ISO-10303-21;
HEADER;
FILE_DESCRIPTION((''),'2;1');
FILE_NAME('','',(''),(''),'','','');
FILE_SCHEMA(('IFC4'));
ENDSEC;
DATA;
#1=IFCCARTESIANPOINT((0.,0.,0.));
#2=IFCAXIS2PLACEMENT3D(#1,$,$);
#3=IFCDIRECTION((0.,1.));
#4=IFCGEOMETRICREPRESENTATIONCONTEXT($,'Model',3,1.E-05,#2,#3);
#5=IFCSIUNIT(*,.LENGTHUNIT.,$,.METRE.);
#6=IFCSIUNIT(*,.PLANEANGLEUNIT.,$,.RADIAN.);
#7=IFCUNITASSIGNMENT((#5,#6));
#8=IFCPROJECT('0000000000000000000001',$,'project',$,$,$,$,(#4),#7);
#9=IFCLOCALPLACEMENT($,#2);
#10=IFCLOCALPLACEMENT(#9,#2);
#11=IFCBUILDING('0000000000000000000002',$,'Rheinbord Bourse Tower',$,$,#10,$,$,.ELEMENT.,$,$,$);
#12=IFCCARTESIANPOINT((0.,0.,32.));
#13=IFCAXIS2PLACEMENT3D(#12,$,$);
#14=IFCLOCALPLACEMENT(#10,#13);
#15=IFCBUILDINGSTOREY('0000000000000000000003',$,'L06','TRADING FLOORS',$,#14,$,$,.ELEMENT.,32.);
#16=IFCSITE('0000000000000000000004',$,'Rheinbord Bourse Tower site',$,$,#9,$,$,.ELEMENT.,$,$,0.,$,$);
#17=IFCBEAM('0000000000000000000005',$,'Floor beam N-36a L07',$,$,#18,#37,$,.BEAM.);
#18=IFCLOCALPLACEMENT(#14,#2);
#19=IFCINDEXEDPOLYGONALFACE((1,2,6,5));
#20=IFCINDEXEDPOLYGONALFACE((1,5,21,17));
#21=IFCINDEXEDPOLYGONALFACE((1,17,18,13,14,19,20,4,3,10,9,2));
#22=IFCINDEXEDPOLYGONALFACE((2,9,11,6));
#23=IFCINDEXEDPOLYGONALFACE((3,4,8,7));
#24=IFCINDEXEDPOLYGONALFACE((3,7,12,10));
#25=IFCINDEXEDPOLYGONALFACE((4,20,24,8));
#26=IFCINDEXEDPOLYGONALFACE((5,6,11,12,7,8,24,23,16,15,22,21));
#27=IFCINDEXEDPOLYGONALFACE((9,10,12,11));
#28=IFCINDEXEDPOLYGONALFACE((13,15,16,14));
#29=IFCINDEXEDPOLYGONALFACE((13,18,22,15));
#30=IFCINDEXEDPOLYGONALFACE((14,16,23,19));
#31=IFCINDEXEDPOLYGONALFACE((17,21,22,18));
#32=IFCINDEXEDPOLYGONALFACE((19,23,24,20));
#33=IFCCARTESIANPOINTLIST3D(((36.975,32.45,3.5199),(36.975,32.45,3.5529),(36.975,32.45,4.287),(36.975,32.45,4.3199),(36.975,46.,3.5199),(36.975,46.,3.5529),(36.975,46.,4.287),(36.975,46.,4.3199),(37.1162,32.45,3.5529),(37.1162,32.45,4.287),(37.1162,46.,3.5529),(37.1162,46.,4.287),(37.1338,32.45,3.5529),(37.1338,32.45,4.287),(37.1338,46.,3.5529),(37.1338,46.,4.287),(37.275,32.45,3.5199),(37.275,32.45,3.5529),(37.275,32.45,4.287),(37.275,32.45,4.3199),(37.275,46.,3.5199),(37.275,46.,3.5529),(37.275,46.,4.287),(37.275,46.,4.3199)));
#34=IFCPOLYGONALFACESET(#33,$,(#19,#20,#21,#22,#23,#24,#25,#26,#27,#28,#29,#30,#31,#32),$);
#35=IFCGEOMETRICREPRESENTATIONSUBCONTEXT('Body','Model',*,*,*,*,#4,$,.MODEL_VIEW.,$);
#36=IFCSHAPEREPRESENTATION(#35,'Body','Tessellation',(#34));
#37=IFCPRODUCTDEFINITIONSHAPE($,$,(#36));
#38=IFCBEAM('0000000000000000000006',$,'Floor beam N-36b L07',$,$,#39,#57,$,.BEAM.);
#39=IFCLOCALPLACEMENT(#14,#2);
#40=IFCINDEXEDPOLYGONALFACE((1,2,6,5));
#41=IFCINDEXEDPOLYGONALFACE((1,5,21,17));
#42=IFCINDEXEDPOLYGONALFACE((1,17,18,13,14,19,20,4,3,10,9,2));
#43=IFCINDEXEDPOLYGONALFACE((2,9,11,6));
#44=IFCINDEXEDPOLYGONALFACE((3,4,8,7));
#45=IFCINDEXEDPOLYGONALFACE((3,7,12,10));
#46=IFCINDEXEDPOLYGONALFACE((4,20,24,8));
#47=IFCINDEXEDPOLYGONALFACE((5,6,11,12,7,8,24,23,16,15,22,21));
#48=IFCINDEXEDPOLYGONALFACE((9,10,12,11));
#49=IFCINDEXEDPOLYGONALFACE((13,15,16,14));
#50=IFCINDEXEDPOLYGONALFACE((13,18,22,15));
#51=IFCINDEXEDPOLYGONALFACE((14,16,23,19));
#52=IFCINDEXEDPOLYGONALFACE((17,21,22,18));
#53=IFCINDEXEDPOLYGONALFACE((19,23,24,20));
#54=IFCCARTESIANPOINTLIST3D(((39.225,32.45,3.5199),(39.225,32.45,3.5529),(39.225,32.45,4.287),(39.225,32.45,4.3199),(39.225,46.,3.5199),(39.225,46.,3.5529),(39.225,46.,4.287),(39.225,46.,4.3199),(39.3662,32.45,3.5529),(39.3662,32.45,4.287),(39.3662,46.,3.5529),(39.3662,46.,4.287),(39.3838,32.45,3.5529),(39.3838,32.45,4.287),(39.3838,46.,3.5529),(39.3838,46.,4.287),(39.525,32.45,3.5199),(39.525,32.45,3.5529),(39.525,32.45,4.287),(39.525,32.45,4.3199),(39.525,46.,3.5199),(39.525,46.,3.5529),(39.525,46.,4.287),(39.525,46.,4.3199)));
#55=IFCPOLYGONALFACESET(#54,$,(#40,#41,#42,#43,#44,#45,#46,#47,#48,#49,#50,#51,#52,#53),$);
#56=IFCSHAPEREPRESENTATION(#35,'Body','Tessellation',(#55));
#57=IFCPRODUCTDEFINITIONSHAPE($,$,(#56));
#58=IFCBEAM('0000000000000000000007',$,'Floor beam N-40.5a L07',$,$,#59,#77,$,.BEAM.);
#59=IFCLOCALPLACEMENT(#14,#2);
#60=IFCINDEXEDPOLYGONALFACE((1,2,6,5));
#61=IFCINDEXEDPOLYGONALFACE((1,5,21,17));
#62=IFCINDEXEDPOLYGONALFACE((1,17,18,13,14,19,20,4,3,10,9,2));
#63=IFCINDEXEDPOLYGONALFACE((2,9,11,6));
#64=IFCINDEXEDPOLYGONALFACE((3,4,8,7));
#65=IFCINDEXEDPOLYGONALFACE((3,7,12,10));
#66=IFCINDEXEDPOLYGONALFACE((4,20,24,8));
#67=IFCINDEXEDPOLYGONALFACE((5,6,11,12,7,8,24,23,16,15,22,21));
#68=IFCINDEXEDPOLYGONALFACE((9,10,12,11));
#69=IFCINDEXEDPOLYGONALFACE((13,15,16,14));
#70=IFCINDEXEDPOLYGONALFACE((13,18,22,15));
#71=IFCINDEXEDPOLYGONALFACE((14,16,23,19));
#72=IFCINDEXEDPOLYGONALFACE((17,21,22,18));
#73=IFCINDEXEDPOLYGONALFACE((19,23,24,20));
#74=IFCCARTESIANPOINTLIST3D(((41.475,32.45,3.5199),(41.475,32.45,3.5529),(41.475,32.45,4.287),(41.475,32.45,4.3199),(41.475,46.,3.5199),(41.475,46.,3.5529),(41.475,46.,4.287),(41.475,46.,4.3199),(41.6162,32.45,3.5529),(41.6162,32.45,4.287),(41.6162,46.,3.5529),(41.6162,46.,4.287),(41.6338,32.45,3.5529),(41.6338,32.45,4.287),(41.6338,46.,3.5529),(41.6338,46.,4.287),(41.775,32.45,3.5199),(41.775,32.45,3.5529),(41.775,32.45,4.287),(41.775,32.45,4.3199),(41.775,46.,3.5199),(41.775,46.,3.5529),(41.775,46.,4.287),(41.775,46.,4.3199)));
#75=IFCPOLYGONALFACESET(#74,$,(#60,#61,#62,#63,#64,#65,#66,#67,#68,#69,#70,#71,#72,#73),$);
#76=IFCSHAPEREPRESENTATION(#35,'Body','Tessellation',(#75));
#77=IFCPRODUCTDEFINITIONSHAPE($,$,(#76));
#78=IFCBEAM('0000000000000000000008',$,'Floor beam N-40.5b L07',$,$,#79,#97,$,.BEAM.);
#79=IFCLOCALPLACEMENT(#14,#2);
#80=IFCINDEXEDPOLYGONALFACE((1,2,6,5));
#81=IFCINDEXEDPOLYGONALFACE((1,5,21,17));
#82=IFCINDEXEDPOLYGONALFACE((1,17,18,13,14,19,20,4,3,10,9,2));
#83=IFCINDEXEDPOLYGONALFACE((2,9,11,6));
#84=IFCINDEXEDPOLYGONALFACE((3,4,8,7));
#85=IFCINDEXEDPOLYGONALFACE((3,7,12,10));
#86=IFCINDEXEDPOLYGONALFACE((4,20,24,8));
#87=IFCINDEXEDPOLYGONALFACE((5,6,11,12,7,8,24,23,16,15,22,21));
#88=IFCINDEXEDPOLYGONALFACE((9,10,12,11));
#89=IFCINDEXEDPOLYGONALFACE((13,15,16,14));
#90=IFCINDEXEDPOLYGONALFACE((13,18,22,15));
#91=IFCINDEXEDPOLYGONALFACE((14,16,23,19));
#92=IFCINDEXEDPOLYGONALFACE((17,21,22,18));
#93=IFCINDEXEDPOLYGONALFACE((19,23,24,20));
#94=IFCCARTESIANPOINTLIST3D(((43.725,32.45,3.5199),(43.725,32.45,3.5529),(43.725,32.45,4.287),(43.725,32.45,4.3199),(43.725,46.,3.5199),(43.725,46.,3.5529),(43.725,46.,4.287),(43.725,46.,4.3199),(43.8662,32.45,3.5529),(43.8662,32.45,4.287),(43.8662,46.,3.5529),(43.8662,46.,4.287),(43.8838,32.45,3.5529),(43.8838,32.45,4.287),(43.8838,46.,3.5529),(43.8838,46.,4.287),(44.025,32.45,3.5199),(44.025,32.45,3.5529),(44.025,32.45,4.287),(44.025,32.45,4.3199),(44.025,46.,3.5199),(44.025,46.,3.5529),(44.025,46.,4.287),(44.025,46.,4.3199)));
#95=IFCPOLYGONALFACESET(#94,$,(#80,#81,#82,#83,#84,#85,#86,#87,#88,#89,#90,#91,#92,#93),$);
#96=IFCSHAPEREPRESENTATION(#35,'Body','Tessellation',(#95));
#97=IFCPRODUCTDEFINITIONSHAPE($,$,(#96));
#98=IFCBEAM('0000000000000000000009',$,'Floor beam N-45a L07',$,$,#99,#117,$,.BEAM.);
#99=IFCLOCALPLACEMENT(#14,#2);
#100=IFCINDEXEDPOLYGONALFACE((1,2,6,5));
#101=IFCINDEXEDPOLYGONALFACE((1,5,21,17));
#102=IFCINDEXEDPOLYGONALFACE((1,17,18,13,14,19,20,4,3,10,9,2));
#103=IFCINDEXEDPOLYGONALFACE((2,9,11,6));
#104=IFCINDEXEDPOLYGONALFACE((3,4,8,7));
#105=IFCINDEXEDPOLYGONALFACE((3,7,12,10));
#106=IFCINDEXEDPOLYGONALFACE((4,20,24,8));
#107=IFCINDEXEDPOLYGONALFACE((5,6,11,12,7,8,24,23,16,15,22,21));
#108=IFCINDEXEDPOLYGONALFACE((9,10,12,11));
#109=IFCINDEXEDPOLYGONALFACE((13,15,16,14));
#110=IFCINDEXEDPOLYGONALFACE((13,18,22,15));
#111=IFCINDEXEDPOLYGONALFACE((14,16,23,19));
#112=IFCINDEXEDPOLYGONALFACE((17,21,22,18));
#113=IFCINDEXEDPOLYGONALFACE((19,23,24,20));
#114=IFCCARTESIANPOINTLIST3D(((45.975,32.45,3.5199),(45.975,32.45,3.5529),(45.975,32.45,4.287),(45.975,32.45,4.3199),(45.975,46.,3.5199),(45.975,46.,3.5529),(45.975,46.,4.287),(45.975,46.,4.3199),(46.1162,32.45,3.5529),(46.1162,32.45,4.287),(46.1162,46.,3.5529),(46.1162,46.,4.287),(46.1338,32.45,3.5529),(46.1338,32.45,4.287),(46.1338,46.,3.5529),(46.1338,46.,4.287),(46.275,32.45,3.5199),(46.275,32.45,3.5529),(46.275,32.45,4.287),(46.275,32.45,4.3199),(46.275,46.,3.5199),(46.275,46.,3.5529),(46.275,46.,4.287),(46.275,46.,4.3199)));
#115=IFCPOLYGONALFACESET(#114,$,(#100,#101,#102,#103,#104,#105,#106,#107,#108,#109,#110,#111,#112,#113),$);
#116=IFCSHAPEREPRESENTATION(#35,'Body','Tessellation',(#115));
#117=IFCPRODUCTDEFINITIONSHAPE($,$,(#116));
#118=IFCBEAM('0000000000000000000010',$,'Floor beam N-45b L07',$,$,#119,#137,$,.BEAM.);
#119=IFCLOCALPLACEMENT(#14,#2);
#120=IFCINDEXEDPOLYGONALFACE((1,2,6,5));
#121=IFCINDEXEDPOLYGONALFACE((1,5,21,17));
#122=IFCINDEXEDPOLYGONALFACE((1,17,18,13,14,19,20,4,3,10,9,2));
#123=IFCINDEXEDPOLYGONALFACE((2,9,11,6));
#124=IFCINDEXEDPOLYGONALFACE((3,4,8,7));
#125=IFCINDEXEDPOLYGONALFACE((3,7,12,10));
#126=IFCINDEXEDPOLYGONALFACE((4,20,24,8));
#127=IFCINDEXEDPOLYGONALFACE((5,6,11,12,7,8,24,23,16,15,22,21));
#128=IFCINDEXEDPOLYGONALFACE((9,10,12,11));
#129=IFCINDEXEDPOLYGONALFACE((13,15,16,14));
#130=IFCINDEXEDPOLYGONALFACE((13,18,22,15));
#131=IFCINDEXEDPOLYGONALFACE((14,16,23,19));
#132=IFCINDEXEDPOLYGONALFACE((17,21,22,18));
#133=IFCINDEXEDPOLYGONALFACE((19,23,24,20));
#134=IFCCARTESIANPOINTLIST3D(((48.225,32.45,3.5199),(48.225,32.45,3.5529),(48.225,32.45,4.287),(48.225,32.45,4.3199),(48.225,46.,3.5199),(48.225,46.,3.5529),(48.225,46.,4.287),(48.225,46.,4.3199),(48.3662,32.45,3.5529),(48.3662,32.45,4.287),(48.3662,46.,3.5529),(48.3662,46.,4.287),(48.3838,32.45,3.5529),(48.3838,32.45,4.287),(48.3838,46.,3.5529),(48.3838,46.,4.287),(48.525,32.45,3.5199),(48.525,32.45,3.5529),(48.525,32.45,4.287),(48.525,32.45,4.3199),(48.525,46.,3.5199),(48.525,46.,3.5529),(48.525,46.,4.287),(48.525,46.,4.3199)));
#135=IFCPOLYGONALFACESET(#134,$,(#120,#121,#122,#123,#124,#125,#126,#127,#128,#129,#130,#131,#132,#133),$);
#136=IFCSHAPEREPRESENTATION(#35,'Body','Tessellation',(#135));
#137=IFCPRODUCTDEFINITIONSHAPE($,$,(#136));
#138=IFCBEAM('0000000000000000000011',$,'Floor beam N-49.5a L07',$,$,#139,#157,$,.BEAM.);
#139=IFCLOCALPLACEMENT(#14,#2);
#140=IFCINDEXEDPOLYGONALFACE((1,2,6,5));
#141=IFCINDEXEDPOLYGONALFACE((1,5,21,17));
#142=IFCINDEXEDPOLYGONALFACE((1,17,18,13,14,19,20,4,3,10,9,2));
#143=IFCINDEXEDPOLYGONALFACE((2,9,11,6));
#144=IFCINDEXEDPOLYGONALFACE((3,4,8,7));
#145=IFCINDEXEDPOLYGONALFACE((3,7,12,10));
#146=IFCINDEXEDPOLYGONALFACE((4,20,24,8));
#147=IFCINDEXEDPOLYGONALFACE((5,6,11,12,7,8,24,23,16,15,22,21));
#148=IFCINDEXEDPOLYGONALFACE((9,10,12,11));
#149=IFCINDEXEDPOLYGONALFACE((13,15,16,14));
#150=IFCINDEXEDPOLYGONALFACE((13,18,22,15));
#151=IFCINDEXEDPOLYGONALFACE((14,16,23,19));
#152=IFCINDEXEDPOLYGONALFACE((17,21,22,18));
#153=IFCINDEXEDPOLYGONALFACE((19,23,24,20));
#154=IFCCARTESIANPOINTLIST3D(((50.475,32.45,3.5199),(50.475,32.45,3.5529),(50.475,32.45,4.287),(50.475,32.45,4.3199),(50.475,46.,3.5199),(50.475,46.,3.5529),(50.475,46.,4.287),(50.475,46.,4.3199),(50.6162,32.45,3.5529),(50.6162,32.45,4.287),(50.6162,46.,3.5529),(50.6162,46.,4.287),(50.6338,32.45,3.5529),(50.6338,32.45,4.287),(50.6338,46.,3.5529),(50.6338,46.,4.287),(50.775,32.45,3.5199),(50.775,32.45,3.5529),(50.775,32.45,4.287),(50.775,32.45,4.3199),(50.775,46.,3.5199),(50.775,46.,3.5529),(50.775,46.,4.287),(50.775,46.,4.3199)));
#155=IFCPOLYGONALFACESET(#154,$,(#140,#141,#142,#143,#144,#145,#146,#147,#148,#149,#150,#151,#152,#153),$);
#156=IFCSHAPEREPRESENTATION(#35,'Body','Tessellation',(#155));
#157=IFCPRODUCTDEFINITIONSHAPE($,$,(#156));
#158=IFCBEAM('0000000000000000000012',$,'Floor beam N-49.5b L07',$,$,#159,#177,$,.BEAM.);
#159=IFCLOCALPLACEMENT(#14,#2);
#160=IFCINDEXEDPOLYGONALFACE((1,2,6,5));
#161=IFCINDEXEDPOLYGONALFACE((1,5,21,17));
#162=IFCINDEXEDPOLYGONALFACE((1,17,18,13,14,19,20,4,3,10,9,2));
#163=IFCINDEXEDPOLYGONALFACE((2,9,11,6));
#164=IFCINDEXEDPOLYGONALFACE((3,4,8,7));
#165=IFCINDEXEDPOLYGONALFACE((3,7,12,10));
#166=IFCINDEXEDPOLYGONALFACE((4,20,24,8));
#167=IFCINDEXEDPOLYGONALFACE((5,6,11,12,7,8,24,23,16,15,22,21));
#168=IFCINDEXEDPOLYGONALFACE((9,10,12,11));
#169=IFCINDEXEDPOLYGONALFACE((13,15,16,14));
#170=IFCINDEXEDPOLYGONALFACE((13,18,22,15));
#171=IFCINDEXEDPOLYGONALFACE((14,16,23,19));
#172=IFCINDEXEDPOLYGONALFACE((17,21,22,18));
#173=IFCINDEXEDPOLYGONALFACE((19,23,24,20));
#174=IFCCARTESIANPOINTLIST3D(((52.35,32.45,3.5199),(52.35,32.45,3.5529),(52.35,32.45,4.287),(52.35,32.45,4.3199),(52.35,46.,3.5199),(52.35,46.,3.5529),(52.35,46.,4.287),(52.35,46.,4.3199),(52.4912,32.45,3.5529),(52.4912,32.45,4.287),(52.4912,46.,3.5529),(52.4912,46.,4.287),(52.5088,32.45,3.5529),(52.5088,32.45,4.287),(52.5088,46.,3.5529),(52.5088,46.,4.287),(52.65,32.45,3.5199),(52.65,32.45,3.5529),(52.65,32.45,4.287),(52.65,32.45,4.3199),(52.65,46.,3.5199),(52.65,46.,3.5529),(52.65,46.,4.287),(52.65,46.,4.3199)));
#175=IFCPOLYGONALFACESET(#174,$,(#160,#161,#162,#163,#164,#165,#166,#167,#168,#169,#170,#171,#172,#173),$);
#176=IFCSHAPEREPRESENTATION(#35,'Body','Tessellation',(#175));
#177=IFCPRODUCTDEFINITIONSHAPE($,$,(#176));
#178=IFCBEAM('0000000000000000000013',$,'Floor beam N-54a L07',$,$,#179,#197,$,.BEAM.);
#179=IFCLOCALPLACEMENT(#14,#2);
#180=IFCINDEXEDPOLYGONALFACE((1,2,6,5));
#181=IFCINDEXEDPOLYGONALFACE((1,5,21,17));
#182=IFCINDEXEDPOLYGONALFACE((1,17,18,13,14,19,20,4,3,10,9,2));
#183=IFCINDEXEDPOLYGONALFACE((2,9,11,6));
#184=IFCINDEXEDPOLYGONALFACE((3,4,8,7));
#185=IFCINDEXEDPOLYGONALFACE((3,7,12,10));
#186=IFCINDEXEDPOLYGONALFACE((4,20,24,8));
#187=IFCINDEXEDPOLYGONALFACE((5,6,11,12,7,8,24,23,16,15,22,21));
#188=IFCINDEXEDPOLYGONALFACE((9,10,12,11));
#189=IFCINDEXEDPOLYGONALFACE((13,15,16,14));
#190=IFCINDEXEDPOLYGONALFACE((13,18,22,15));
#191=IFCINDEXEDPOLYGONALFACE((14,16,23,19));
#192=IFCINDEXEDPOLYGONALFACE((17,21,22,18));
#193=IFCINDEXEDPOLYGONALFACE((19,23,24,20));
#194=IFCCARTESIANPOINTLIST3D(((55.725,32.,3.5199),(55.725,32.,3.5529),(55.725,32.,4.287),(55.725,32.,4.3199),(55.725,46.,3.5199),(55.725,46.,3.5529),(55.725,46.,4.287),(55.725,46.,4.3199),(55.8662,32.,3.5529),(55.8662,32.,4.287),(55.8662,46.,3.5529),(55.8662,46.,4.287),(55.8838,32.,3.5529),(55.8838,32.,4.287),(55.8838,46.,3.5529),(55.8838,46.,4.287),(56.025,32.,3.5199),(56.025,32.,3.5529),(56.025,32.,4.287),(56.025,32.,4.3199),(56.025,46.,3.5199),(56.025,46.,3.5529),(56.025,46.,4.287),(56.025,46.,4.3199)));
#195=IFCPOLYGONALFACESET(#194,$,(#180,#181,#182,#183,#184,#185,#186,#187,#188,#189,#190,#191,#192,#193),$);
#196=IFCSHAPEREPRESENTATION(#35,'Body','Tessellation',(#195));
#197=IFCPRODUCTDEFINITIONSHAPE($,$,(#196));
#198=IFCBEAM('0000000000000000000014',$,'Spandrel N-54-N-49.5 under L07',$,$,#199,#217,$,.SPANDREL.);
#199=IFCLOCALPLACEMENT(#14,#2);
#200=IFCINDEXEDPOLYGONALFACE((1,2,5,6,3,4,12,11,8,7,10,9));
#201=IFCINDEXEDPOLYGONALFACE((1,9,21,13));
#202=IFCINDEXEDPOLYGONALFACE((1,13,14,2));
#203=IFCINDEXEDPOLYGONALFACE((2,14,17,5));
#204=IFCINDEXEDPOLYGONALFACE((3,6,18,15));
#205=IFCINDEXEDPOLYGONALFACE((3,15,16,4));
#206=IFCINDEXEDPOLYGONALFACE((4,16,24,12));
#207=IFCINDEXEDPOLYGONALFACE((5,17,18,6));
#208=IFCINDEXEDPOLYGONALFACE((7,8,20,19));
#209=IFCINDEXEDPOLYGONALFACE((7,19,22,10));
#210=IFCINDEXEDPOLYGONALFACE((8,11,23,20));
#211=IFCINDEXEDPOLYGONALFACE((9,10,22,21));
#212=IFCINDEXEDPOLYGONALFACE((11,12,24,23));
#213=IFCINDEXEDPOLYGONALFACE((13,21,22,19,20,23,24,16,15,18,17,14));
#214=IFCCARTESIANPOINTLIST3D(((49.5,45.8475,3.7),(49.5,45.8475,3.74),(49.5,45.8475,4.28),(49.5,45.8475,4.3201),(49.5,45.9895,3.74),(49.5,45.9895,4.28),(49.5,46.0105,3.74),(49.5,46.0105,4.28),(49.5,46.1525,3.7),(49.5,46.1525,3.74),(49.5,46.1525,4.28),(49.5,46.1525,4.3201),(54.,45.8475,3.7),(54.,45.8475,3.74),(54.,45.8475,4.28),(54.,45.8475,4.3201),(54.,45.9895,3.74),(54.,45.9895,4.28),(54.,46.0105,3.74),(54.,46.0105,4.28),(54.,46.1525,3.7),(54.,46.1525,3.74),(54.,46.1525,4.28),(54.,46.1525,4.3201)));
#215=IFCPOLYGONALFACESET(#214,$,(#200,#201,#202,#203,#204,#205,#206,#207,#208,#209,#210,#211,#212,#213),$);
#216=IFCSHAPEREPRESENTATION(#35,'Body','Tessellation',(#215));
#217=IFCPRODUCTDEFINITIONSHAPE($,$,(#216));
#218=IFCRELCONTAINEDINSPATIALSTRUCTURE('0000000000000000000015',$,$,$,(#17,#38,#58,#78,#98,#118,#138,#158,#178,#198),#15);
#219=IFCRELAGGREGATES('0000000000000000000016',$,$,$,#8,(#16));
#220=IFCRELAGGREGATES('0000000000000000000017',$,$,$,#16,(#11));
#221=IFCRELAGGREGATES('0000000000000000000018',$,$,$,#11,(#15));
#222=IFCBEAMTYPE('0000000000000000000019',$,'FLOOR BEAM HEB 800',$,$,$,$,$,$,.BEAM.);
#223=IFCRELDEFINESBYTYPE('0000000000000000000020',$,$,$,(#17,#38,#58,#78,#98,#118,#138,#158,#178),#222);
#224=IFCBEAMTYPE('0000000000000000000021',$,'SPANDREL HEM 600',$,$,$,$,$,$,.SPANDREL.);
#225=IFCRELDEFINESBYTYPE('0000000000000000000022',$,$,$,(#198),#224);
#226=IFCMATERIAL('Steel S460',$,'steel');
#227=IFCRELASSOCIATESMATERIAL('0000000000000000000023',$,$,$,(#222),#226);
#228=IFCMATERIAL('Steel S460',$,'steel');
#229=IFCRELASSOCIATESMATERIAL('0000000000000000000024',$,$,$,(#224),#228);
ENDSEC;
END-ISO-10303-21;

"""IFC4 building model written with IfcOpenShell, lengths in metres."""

from ifc_helpers import new_model, si_unit, direction, frame, origin, origin_2d, place, context, subcontext, project, spatial, i_section, extrude, material, material_profile, profile_set, type_object, element, save


model = new_model("IFC4")

# Units and contexts
model_context = context("Model", 3, precision=1e-05, world=origin(), true_north=direction((0.0, 1.0)))
body_context = subcontext(model_context, "Body", "Model", "MODEL_VIEW")
ifc_project = project(units=[si_unit("LENGTHUNIT", "METRE"), si_unit("PLANEANGLEUNIT", "RADIAN")], contexts=[model_context])

# Site, building, storey
site_placement = place(None, origin())
site = spatial("IfcSite", under=ifc_project, at=site_placement, Name="Rheinbord Bourse Tower site", CompositionType="ELEMENT", RefElevation=0.0)
building_placement = place(site_placement, origin())
building = spatial("IfcBuilding", under=site, at=building_placement, Name="Rheinbord Bourse Tower", CompositionType="ELEMENT")
storey_placement = place(building_placement, frame((0.0, 0.0, 32.0)))
storey = spatial("IfcBuildingStorey", under=building, at=storey_placement, Name="L06", Description="TRADING FLOORS", CompositionType="ELEMENT", Elevation=32.0)

# Beams
ifc_material_1 = material(Name="Steel S460", Category="steel")
ifc_material_profile_1 = material_profile(ifc_material_1, i_section(OverallWidth=0.3, OverallDepth=0.8, WebThickness=0.0176, FlangeThickness=0.033, at=origin_2d()), Name="HEB 800")
ifc_profile_set_1 = profile_set([ifc_material_profile_1], Name="Steel S460")
beam_type_1 = type_object("IfcBeamType", Name="FLOOR BEAM HEB 800", PredefinedType="BEAM", material=ifc_profile_set_1)
for number, where, z_axis, x_axis, name in (
    (1, (37.125, 46.0, 3.9199), (0.0, -1.0, 0.0), (1.0, 0.0, 0.0), "Floor beam N-36a L07"),
    (2, (39.375, 46.0, 3.9199), (0.0, -1.0, 0.0), (1.0, 0.0, 0.0), "Floor beam N-36b L07"),
    (3, (41.625, 46.0, 3.9199), (0.0, -1.0, 0.0), (1.0, 0.0, 0.0), "Floor beam N-40.5a L07"),
    (4, (43.875, 46.0, 3.9199), (0.0, -1.0, 0.0), (1.0, 0.0, 0.0), "Floor beam N-40.5b L07"),
    (5, (46.125, 46.0, 3.9199), (0.0, -1.0, 0.0), (1.0, 0.0, 0.0), "Floor beam N-45a L07"),
    (6, (48.375, 46.0, 3.9199), (0.0, -1.0, 0.0), (1.0, 0.0, 0.0), "Floor beam N-45b L07"),
    (7, (50.625, 46.0, 3.9199), (0.0, -1.0, 0.0), (1.0, 0.0, 0.0), "Floor beam N-49.5a L07"),
    (8, (52.5, 46.0, 3.9199), (0.0, -1.0, 0.0), (1.0, 0.0, 0.0), "Floor beam N-49.5b L07"),
):
    element("IfcBeam", number, at=place(storey_placement, frame(where, z_axis=z_axis, x_axis=x_axis)), inside=storey, type_object=beam_type_1, Name=name, PredefinedType="BEAM", context=body_context, shape_type="SweptSolid", body=[
        extrude(i_section(OverallWidth=0.3, OverallDepth=0.8, WebThickness=0.0176, FlangeThickness=0.033, at=origin_2d()), origin(), (0.0, 0.0, 1.0), 13.55),
    ])
beam_placement = place(storey_placement, frame((55.875, 46.0, 3.9199), z_axis=(0.0, -1.0, 0.0), x_axis=(1.0, 0.0, 0.0)))
element("IfcBeam", 9, at=beam_placement, inside=storey, type_object=beam_type_1, Name="Floor beam N-54a L07", PredefinedType="BEAM", context=body_context, shape_type="SweptSolid", body=[
    extrude(i_section(OverallWidth=0.3, OverallDepth=0.8, WebThickness=0.0176, FlangeThickness=0.033, at=origin_2d()), origin(), (0.0, 0.0, 1.0), 14.0),
])
ifc_material_2 = material(Name="Steel S460", Category="steel")
ifc_material_profile_2 = material_profile(ifc_material_2, i_section(OverallWidth=0.3049, OverallDepth=0.6201, WebThickness=0.021, FlangeThickness=0.04, at=origin_2d()), Name="HEM 600")
ifc_profile_set_2 = profile_set([ifc_material_profile_2], Name="Steel S460")
beam_type_2 = type_object("IfcBeamType", Name="SPANDREL HEM 600", PredefinedType="SPANDREL", material=ifc_profile_set_2)
for number, where, z_axis, x_axis, name in (
    (10, (54.0, 46.0, 4.01), (-1.0, 0.0, 0.0), (0.0, -1.0, 0.0), "Spandrel N-54-N-49.5 under L07"),
):
    element("IfcBeam", number, at=place(storey_placement, frame(where, z_axis=z_axis, x_axis=x_axis)), inside=storey, type_object=beam_type_2, Name=name, PredefinedType="SPANDREL", context=body_context, shape_type="SweptSolid", body=[
        extrude(i_section(OverallWidth=0.3049, OverallDepth=0.6201, WebThickness=0.021, FlangeThickness=0.04, at=origin_2d()), origin(), (0.0, 0.0, 1.0), 4.5),
    ])

save(model, "model.ifc")
